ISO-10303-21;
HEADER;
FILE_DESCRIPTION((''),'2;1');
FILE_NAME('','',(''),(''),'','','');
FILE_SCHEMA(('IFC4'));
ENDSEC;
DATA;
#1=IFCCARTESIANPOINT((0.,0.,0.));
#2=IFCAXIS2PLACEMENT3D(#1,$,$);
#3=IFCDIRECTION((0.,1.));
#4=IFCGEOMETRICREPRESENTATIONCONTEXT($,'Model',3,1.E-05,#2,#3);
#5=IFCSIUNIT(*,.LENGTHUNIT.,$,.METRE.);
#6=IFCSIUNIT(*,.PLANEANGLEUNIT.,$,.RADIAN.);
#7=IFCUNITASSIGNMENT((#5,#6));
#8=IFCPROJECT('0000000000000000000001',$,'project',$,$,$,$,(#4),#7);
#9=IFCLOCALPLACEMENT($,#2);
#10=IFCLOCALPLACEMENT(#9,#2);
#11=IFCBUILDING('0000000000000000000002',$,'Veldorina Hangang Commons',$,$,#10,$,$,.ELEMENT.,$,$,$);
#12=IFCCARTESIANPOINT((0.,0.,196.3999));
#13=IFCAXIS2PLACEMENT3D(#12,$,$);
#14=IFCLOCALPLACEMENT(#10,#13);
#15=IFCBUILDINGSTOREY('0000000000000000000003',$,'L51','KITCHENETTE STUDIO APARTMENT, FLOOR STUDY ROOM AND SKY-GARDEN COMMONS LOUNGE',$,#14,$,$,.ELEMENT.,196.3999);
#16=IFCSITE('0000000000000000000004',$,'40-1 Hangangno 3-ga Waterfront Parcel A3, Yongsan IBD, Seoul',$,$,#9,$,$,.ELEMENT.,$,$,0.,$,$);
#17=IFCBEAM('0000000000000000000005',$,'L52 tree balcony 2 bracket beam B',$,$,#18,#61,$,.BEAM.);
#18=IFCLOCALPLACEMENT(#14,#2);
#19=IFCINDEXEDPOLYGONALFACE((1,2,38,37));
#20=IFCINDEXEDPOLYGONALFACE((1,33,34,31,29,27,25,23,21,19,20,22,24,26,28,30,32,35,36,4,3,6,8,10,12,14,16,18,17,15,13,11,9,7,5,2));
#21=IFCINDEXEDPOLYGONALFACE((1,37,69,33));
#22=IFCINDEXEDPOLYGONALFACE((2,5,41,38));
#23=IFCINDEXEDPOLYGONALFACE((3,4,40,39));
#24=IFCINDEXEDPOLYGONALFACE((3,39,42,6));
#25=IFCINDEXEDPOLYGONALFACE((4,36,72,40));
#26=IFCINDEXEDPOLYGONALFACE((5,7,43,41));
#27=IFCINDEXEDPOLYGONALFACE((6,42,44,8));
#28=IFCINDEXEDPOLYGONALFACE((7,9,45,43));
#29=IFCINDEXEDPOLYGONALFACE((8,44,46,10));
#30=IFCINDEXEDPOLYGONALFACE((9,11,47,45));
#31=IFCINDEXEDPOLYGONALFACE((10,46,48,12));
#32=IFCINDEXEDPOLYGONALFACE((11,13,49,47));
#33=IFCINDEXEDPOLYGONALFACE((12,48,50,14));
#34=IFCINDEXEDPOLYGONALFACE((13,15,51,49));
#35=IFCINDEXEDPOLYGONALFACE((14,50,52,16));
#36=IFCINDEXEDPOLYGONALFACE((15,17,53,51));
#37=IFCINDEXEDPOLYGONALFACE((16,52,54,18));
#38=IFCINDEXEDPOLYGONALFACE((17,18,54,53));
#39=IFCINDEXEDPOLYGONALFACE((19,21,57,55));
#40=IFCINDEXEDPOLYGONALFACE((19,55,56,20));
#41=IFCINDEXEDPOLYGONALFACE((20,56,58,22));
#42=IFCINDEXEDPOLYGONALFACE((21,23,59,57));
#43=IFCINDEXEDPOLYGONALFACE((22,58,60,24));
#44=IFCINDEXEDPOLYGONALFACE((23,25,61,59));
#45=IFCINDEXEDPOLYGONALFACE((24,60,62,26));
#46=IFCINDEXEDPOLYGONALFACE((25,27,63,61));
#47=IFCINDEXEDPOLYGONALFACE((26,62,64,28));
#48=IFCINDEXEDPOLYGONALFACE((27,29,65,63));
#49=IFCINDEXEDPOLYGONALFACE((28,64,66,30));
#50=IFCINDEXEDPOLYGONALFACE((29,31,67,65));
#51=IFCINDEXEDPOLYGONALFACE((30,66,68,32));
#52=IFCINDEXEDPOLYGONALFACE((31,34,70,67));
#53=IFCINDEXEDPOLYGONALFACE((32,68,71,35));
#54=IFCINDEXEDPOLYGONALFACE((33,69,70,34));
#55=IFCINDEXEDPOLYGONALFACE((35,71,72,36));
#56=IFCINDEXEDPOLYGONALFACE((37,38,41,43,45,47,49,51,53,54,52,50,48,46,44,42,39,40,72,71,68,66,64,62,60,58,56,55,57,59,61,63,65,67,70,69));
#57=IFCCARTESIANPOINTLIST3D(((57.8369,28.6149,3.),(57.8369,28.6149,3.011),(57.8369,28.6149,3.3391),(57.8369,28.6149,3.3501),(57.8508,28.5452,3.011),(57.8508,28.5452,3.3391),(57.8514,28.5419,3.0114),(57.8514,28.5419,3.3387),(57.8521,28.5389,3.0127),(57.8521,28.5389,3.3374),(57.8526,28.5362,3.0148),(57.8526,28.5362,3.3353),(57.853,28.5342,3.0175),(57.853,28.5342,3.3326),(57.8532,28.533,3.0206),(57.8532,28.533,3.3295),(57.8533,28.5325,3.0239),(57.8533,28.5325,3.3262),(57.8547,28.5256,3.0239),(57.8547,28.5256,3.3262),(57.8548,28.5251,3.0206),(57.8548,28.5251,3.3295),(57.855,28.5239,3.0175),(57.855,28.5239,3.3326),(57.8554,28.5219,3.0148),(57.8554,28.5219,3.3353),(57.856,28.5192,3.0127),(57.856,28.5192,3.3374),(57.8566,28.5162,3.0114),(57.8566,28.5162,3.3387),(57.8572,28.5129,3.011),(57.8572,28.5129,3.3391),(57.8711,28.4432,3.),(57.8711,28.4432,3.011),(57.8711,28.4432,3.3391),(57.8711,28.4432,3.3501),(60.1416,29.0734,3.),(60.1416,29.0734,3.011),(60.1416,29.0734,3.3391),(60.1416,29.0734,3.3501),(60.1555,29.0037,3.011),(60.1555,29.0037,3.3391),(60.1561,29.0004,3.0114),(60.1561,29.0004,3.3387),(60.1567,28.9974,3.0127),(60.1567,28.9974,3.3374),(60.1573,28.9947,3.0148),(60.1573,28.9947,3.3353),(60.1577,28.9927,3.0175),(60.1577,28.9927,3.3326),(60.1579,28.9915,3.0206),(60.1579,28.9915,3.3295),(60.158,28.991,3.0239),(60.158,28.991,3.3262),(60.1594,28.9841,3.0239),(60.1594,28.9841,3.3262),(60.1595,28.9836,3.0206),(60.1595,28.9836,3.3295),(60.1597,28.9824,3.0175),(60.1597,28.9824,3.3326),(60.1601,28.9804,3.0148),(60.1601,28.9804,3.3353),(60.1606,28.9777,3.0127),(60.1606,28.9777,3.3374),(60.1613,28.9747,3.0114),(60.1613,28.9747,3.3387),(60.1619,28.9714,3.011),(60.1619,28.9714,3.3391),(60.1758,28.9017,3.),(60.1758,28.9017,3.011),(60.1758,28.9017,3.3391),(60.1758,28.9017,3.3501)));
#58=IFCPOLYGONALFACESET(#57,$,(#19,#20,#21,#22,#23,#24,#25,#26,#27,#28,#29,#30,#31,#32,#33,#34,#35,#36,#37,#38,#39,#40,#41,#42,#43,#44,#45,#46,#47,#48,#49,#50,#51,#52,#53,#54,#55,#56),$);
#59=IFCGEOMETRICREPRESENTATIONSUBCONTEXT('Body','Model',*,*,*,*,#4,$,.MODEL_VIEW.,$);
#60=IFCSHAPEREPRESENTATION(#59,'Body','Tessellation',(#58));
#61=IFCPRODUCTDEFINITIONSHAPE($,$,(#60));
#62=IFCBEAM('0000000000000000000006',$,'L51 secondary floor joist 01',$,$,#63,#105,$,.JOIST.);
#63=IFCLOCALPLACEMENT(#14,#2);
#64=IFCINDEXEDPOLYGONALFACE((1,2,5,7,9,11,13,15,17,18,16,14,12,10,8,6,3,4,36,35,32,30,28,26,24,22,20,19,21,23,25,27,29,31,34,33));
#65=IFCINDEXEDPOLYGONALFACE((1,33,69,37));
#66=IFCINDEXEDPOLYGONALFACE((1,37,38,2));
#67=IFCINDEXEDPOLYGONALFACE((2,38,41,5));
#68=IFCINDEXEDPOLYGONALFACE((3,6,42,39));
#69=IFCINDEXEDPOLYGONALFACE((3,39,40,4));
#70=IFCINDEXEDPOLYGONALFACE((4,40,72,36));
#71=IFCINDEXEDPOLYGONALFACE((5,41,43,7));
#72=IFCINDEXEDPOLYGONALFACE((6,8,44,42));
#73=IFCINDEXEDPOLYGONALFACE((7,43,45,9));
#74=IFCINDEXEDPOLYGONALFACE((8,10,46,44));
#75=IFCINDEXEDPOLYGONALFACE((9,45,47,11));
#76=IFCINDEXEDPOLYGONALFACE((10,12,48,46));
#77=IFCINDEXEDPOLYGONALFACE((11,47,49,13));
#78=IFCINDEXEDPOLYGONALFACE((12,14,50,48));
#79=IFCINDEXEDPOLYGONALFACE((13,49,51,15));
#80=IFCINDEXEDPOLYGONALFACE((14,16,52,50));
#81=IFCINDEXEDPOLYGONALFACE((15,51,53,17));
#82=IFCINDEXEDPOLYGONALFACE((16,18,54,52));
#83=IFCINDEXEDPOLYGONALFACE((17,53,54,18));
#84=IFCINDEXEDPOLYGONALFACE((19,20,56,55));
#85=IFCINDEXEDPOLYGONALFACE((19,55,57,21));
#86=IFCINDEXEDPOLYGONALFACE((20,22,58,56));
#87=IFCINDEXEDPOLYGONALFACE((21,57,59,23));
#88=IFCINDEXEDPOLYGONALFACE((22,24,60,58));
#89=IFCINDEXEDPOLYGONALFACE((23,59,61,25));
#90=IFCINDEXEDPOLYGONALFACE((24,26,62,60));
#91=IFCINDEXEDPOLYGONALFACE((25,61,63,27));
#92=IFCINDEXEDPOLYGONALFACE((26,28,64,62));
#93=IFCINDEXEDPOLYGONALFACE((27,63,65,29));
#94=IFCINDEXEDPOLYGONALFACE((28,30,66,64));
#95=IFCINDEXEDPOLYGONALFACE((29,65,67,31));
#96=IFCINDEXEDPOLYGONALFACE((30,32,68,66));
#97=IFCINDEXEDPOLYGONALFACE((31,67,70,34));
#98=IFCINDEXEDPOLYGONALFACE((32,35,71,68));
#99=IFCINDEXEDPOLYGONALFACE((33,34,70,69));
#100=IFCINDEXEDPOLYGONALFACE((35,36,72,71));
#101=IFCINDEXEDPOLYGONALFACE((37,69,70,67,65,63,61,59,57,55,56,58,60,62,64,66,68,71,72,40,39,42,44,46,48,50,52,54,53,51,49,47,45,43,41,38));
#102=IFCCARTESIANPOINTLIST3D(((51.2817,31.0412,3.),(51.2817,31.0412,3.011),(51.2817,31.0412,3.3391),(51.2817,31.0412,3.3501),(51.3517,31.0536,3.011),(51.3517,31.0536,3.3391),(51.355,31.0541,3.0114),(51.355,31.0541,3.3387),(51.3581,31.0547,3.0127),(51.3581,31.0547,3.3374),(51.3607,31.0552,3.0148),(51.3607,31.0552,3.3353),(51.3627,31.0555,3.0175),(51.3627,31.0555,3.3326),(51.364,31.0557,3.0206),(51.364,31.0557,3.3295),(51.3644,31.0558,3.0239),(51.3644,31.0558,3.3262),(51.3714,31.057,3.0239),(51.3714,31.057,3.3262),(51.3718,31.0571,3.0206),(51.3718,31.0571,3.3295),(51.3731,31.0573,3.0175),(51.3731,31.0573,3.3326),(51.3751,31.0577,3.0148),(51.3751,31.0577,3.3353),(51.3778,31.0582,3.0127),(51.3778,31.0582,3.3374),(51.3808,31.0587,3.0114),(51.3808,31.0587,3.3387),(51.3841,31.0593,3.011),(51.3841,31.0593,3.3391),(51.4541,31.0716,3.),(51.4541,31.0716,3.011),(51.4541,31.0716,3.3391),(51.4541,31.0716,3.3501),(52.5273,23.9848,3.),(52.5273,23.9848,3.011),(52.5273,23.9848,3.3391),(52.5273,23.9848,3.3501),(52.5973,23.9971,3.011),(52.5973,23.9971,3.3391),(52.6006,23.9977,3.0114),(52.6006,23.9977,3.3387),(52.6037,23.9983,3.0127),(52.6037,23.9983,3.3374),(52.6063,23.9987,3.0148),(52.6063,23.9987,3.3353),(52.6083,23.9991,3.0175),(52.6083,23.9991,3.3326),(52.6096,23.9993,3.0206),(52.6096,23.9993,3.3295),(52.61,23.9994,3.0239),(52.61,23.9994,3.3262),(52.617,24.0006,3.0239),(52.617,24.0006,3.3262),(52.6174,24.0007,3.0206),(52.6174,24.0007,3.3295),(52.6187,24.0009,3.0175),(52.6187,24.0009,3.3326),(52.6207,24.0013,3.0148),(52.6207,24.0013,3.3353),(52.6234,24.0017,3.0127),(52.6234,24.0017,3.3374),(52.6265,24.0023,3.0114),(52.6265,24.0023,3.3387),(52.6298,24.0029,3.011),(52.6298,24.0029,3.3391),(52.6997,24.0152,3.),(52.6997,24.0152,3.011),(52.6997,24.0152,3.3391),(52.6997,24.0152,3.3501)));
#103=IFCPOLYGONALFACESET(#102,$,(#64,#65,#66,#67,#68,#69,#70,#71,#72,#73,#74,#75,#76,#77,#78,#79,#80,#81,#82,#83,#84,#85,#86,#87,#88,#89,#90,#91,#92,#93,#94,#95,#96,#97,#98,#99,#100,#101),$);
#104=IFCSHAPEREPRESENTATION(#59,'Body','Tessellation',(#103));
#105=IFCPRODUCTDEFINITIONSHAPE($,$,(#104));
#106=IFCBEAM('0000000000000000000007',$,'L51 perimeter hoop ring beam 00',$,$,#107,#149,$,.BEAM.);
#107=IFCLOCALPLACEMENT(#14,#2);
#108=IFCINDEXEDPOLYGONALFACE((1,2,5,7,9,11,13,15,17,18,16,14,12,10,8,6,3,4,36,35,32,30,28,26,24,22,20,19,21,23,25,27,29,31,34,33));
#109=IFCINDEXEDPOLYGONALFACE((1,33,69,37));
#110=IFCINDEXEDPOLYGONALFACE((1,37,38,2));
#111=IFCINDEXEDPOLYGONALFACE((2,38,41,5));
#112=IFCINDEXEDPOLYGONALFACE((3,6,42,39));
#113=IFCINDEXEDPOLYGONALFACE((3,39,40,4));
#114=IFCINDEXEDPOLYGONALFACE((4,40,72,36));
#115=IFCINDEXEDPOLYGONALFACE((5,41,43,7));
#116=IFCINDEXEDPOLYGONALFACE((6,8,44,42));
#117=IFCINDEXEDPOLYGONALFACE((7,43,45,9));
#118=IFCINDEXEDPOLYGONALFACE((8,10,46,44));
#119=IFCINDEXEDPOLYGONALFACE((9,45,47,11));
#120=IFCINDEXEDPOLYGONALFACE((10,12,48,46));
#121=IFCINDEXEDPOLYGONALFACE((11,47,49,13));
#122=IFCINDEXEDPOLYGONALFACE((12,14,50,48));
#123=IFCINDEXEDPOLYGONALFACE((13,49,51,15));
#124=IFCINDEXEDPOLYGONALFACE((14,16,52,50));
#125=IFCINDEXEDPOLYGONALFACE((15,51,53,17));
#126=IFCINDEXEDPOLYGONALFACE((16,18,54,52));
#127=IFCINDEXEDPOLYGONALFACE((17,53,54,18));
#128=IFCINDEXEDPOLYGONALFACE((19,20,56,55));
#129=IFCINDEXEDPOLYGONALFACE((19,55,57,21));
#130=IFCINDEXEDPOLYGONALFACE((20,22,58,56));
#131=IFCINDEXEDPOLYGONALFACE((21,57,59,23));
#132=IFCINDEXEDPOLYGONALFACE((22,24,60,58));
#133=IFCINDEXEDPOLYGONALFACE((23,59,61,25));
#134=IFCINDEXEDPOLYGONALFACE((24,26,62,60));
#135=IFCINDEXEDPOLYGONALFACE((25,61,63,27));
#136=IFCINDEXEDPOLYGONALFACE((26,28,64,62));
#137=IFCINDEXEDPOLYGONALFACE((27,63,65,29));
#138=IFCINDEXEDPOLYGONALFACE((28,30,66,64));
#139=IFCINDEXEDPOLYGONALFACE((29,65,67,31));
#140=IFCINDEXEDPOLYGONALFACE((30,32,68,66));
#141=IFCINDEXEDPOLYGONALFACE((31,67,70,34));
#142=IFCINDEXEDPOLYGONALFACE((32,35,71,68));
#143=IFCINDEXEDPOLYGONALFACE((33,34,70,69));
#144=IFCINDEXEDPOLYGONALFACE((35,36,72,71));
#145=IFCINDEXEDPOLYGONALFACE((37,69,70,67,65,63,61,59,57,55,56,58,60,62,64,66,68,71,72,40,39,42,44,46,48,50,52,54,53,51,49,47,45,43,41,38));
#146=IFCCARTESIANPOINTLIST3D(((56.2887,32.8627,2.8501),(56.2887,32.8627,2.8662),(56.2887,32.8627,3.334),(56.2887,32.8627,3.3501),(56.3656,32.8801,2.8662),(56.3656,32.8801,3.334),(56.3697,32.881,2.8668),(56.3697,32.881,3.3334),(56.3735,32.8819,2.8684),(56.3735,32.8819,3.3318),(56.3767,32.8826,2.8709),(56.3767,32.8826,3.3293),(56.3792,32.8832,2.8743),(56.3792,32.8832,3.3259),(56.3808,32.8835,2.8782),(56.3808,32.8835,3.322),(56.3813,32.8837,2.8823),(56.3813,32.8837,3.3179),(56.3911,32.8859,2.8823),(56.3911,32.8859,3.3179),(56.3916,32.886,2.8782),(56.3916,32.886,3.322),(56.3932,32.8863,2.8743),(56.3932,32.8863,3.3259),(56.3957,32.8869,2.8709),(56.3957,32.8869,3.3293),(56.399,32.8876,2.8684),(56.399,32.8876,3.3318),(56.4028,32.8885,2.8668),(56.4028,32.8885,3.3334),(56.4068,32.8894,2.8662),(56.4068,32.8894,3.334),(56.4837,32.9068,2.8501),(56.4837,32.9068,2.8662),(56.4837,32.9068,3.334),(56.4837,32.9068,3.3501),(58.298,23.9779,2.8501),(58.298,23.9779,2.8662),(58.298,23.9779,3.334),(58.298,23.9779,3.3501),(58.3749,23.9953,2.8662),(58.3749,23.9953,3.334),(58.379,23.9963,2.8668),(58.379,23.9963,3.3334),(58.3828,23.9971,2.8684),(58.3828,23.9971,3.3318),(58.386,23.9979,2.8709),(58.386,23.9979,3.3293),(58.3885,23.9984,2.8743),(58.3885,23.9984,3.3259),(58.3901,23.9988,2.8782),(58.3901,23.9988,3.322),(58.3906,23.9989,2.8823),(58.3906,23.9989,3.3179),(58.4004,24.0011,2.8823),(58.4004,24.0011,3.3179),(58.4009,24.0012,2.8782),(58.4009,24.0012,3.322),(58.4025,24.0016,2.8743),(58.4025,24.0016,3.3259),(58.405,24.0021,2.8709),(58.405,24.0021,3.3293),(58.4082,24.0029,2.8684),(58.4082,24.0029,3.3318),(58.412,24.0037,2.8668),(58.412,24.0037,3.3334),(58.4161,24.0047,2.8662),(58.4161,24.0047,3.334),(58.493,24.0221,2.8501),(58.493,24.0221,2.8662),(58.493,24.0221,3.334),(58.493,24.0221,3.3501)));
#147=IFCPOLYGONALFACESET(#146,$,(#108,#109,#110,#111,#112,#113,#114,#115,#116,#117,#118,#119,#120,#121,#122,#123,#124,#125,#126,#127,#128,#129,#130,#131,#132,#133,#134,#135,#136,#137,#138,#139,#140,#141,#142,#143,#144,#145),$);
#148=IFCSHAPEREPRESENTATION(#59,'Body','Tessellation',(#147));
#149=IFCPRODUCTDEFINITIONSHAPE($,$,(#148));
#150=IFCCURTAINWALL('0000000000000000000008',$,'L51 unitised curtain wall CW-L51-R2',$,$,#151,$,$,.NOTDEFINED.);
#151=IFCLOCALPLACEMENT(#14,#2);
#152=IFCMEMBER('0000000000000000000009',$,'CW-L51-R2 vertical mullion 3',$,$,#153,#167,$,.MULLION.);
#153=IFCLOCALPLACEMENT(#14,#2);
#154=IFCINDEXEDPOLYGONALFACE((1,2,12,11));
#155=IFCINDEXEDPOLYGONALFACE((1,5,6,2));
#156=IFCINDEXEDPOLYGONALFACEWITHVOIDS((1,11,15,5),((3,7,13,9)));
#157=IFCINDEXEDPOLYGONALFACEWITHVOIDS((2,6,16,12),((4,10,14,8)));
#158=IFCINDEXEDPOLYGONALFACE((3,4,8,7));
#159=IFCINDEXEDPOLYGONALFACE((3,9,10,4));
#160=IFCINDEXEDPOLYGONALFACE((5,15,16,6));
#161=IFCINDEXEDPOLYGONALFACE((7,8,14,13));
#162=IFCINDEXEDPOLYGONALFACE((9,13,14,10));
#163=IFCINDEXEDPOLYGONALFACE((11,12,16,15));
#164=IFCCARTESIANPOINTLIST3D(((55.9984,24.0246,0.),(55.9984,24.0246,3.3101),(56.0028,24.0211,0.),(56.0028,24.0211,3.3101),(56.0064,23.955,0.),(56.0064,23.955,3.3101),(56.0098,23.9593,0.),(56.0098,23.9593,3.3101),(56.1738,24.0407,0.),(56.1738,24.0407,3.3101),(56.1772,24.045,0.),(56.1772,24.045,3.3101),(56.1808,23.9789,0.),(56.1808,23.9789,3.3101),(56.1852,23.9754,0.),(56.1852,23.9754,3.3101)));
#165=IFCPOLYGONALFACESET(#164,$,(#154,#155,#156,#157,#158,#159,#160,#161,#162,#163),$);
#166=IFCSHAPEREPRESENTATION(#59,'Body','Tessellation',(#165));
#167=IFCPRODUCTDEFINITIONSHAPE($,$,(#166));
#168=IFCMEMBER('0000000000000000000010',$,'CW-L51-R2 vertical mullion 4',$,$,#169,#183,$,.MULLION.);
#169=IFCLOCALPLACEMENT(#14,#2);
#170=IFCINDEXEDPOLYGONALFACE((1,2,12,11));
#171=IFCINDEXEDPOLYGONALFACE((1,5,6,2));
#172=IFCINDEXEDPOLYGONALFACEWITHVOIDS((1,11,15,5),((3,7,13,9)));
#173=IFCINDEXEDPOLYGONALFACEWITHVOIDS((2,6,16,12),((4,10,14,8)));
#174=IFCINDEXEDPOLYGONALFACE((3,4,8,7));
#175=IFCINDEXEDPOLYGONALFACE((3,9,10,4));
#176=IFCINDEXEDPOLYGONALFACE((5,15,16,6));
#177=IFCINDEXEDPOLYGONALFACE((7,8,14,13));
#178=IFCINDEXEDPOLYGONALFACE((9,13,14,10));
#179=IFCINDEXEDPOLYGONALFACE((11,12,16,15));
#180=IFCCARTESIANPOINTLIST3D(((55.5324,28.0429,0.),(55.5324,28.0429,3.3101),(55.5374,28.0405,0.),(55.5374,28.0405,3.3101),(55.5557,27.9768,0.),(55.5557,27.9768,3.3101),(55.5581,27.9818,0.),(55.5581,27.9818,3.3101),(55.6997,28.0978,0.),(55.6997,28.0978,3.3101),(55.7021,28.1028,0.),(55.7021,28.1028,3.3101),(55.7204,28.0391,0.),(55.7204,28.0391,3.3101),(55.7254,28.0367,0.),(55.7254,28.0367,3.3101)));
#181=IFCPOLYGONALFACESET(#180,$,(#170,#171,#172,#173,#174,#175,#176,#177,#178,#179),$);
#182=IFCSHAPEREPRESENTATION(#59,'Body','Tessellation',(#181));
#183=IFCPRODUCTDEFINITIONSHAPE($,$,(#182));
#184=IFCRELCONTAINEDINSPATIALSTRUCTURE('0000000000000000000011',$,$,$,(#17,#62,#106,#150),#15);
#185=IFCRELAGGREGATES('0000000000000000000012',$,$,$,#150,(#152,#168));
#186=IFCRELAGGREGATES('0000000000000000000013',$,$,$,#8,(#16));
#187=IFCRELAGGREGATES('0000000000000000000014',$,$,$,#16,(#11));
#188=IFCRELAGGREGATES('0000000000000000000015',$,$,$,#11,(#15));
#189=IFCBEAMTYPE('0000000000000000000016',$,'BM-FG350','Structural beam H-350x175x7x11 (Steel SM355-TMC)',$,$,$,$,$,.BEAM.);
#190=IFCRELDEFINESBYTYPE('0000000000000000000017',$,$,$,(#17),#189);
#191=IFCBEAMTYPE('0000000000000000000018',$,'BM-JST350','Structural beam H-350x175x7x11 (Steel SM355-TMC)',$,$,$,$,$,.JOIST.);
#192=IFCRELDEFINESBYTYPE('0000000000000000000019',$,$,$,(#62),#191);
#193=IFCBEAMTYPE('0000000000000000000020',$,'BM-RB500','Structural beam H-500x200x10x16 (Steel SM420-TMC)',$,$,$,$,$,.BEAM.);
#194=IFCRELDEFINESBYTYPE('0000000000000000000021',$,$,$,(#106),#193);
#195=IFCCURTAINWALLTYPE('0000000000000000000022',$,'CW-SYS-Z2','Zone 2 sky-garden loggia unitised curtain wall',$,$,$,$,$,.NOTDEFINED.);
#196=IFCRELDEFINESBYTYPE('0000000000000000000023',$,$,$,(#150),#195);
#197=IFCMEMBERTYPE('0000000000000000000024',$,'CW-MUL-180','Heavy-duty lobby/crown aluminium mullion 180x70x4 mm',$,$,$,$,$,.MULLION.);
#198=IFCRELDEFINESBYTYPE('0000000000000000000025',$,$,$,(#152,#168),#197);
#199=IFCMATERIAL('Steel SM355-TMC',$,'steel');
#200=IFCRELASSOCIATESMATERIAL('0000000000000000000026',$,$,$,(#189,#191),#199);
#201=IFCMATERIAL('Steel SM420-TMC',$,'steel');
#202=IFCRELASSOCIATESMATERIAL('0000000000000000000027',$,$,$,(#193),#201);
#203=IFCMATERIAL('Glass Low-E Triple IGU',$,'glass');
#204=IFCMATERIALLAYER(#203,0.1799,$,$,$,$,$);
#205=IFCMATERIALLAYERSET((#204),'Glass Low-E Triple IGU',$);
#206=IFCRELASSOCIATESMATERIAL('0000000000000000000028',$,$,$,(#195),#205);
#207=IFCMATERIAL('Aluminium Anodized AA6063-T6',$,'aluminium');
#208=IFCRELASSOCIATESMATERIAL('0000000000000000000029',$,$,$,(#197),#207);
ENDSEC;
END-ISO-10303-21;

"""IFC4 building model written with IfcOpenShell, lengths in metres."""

from ifc_helpers import new_model, si_unit, direction, frame, origin, origin_2d, place, context, subcontext, project, spatial, hollow_rectangle, i_section, extrude, material, layer, layer_set, material_profile, profile_set, type_object, element, aggregate, save


model = new_model("IFC4")

# Units and contexts
model_context = context("Model", 3, precision=1e-05, world=origin(), true_north=direction((0.0, 1.0)))
body_context = subcontext(model_context, "Body", "Model", "MODEL_VIEW")
ifc_project = project(units=[si_unit("LENGTHUNIT", "METRE"), si_unit("PLANEANGLEUNIT", "RADIAN")], contexts=[model_context])

# Site, building, storey
site_placement = place(None, origin())
site = spatial("IfcSite", under=ifc_project, at=site_placement, Name="40-1 Hangangno 3-ga Waterfront Parcel A3, Yongsan IBD, Seoul", CompositionType="ELEMENT", RefElevation=0.0)
building_placement = place(site_placement, origin())
building = spatial("IfcBuilding", under=site, at=building_placement, Name="Veldorina Hangang Commons", CompositionType="ELEMENT")
storey_placement = place(building_placement, frame((0.0, 0.0, 196.3999)))
storey = spatial("IfcBuildingStorey", under=building, at=storey_placement, Name="L51", Description="KITCHENETTE STUDIO APARTMENT, FLOOR STUDY ROOM AND SKY-GARDEN COMMONS LOUNGE", CompositionType="ELEMENT", Elevation=196.3999)

# Beams
ifc_material_1 = material(Name="Steel SM355-TMC", Category="steel")
ifc_material_profile_1 = material_profile(ifc_material_1, i_section(OverallWidth=0.175, OverallDepth=0.3501, WebThickness=0.0071, FlangeThickness=0.011, FilletRadius=0.0129, at=origin_2d()), Name="H-350x175x7x11")
ifc_profile_set_1 = profile_set([ifc_material_profile_1], Name="Steel SM355-TMC")
beam_type_1 = type_object("IfcBeamType", Name="BM-FG350", Description="Structural beam H-350x175x7x11 (Steel SM355-TMC)", PredefinedType="BEAM", material=ifc_profile_set_1)
beam_1_placement = place(storey_placement, frame((57.854, 28.5291, 3.175), z_axis=(0.98078, 0.195117, 0.0), x_axis=(-0.195117, 0.98078, 0.0)))
element("IfcBeam", 1, at=beam_1_placement, inside=storey, type_object=beam_type_1, Name="L52 tree balcony 2 bracket beam B", PredefinedType="BEAM", context=body_context, shape_type="SweptSolid", body=[
    extrude(i_section(OverallWidth=0.175, OverallDepth=0.3501, WebThickness=0.0071, FlangeThickness=0.011, FilletRadius=0.0129, at=origin_2d()), origin(), (0.0, 0.0, 1.0), 2.3499),
])
ifc_material_profile_2 = material_profile(ifc_material_1, i_section(OverallWidth=0.175, OverallDepth=0.3501, WebThickness=0.0071, FlangeThickness=0.011, FilletRadius=0.0129, at=origin_2d()), Name="H-350x175x7x11")
ifc_profile_set_2 = profile_set([ifc_material_profile_2], Name="Steel SM355-TMC")
beam_type_2 = type_object("IfcBeamType", Name="BM-JST350", Description="Structural beam H-350x175x7x11 (Steel SM355-TMC)", PredefinedType="JOIST", material=ifc_profile_set_2)
beam_2_placement = place(storey_placement, frame((52.6135, 24.0, 3.175), z_axis=(-0.173834, 0.984775, 0.0), x_axis=(-0.984775, -0.173834, 0.0)))
element("IfcBeam", 2, at=beam_2_placement, inside=storey, type_object=beam_type_2, Name="L51 secondary floor joist 01", PredefinedType="JOIST", context=body_context, shape_type="SweptSolid", body=[
    extrude(i_section(OverallWidth=0.175, OverallDepth=0.3501, WebThickness=0.0071, FlangeThickness=0.011, FilletRadius=0.0129, at=origin_2d()), origin(), (0.0, 0.0, 1.0), 7.1655),
])
ifc_material_2 = material(Name="Steel SM420-TMC", Category="steel")
ifc_material_profile_3 = material_profile(ifc_material_2, i_section(OverallWidth=0.2, OverallDepth=0.5, WebThickness=0.01, FlangeThickness=0.0161, FilletRadius=0.0161, at=origin_2d()), Name="H-500x200x10x16")
ifc_profile_set_3 = profile_set([ifc_material_profile_3], Name="Steel SM420-TMC")
beam_type_3 = type_object("IfcBeamType", Name="BM-RB500", Description="Structural beam H-500x200x10x16 (Steel SM420-TMC)", PredefinedType="BEAM", material=ifc_profile_set_3)
beam_3_placement = place(storey_placement, frame((58.3955, 24.0, 3.1001), z_axis=(-0.220578, 0.975369, 0.0), x_axis=(-0.975369, -0.220578, 0.0)))
element("IfcBeam", 3, at=beam_3_placement, inside=storey, type_object=beam_type_3, Name="L51 perimeter hoop ring beam 00", PredefinedType="BEAM", context=body_context, shape_type="SweptSolid", body=[
    extrude(i_section(OverallWidth=0.2, OverallDepth=0.5, WebThickness=0.01, FlangeThickness=0.0161, FilletRadius=0.0161, at=origin_2d()), origin(), (0.0, 0.0, 1.0), 9.1091),
])

# Curtain wall, members
ifc_material_3 = material(Name="Glass Low-E Triple IGU", Category="glass")
ifc_layer_1 = layer(ifc_material_3, 0.1799)
ifc_layer_set_1 = layer_set([ifc_layer_1], Name="Glass Low-E Triple IGU")
curtain_wall_type = type_object("IfcCurtainWallType", Name="CW-SYS-Z2", Description="Zone 2 sky-garden loggia unitised curtain wall", PredefinedType="NOTDEFINED", material=ifc_layer_set_1)
curtain_wall_placement = place(storey_placement, origin())
curtain_wall = element("IfcCurtainWall", 4, at=curtain_wall_placement, inside=storey, type_object=curtain_wall_type, Name="L51 unitised curtain wall CW-L51-R2", PredefinedType="NOTDEFINED")
ifc_material_4 = material(Name="Aluminium Anodized AA6063-T6", Category="aluminium")
ifc_material_profile_4 = material_profile(ifc_material_4, hollow_rectangle(XDim=0.0701, YDim=0.1799, WallThickness=0.0039, at=origin_2d()), Name="ALU-RHS-180x70x4")
ifc_profile_set_4 = profile_set([ifc_material_profile_4], Name="Aluminium Anodized AA6063-T6")
member_type_1 = type_object("IfcMemberType", Name="CW-MUL-180", Description="Heavy-duty lobby/crown aluminium mullion 180x70x4 mm", PredefinedType="MULLION", material=ifc_profile_set_4)
member_1_placement = place(storey_placement, frame((56.0918, 24.0, 0.0), z_axis=(0.0, 0.0, 1.0), x_axis=(-0.113845, 0.993499, 0.0)))
member_1 = element("IfcMember", 5, at=member_1_placement, type_object=member_type_1, Name="CW-L51-R2 vertical mullion 3", PredefinedType="MULLION", context=body_context, shape_type="SweptSolid", body=[
    extrude(hollow_rectangle(XDim=0.0701, YDim=0.1799, WallThickness=0.0039, at=origin_2d()), origin(), (0.0, 0.0, 1.0), 3.3101),
])
member_2_placement = place(storey_placement, frame((55.6289, 28.0398, 0.0), z_axis=(0.0, 0.0, 1.0), x_axis=(-0.33282, 0.942991, 0.0)))
member_2 = element("IfcMember", 6, at=member_2_placement, type_object=member_type_1, Name="CW-L51-R2 vertical mullion 4", PredefinedType="MULLION", context=body_context, shape_type="SweptSolid", body=[
    extrude(hollow_rectangle(XDim=0.0701, YDim=0.1799, WallThickness=0.0039, at=origin_2d()), origin(), (0.0, 0.0, 1.0), 3.3101),
])

aggregate(curtain_wall, [member_1, member_2])

save(model, "model.ifc")
